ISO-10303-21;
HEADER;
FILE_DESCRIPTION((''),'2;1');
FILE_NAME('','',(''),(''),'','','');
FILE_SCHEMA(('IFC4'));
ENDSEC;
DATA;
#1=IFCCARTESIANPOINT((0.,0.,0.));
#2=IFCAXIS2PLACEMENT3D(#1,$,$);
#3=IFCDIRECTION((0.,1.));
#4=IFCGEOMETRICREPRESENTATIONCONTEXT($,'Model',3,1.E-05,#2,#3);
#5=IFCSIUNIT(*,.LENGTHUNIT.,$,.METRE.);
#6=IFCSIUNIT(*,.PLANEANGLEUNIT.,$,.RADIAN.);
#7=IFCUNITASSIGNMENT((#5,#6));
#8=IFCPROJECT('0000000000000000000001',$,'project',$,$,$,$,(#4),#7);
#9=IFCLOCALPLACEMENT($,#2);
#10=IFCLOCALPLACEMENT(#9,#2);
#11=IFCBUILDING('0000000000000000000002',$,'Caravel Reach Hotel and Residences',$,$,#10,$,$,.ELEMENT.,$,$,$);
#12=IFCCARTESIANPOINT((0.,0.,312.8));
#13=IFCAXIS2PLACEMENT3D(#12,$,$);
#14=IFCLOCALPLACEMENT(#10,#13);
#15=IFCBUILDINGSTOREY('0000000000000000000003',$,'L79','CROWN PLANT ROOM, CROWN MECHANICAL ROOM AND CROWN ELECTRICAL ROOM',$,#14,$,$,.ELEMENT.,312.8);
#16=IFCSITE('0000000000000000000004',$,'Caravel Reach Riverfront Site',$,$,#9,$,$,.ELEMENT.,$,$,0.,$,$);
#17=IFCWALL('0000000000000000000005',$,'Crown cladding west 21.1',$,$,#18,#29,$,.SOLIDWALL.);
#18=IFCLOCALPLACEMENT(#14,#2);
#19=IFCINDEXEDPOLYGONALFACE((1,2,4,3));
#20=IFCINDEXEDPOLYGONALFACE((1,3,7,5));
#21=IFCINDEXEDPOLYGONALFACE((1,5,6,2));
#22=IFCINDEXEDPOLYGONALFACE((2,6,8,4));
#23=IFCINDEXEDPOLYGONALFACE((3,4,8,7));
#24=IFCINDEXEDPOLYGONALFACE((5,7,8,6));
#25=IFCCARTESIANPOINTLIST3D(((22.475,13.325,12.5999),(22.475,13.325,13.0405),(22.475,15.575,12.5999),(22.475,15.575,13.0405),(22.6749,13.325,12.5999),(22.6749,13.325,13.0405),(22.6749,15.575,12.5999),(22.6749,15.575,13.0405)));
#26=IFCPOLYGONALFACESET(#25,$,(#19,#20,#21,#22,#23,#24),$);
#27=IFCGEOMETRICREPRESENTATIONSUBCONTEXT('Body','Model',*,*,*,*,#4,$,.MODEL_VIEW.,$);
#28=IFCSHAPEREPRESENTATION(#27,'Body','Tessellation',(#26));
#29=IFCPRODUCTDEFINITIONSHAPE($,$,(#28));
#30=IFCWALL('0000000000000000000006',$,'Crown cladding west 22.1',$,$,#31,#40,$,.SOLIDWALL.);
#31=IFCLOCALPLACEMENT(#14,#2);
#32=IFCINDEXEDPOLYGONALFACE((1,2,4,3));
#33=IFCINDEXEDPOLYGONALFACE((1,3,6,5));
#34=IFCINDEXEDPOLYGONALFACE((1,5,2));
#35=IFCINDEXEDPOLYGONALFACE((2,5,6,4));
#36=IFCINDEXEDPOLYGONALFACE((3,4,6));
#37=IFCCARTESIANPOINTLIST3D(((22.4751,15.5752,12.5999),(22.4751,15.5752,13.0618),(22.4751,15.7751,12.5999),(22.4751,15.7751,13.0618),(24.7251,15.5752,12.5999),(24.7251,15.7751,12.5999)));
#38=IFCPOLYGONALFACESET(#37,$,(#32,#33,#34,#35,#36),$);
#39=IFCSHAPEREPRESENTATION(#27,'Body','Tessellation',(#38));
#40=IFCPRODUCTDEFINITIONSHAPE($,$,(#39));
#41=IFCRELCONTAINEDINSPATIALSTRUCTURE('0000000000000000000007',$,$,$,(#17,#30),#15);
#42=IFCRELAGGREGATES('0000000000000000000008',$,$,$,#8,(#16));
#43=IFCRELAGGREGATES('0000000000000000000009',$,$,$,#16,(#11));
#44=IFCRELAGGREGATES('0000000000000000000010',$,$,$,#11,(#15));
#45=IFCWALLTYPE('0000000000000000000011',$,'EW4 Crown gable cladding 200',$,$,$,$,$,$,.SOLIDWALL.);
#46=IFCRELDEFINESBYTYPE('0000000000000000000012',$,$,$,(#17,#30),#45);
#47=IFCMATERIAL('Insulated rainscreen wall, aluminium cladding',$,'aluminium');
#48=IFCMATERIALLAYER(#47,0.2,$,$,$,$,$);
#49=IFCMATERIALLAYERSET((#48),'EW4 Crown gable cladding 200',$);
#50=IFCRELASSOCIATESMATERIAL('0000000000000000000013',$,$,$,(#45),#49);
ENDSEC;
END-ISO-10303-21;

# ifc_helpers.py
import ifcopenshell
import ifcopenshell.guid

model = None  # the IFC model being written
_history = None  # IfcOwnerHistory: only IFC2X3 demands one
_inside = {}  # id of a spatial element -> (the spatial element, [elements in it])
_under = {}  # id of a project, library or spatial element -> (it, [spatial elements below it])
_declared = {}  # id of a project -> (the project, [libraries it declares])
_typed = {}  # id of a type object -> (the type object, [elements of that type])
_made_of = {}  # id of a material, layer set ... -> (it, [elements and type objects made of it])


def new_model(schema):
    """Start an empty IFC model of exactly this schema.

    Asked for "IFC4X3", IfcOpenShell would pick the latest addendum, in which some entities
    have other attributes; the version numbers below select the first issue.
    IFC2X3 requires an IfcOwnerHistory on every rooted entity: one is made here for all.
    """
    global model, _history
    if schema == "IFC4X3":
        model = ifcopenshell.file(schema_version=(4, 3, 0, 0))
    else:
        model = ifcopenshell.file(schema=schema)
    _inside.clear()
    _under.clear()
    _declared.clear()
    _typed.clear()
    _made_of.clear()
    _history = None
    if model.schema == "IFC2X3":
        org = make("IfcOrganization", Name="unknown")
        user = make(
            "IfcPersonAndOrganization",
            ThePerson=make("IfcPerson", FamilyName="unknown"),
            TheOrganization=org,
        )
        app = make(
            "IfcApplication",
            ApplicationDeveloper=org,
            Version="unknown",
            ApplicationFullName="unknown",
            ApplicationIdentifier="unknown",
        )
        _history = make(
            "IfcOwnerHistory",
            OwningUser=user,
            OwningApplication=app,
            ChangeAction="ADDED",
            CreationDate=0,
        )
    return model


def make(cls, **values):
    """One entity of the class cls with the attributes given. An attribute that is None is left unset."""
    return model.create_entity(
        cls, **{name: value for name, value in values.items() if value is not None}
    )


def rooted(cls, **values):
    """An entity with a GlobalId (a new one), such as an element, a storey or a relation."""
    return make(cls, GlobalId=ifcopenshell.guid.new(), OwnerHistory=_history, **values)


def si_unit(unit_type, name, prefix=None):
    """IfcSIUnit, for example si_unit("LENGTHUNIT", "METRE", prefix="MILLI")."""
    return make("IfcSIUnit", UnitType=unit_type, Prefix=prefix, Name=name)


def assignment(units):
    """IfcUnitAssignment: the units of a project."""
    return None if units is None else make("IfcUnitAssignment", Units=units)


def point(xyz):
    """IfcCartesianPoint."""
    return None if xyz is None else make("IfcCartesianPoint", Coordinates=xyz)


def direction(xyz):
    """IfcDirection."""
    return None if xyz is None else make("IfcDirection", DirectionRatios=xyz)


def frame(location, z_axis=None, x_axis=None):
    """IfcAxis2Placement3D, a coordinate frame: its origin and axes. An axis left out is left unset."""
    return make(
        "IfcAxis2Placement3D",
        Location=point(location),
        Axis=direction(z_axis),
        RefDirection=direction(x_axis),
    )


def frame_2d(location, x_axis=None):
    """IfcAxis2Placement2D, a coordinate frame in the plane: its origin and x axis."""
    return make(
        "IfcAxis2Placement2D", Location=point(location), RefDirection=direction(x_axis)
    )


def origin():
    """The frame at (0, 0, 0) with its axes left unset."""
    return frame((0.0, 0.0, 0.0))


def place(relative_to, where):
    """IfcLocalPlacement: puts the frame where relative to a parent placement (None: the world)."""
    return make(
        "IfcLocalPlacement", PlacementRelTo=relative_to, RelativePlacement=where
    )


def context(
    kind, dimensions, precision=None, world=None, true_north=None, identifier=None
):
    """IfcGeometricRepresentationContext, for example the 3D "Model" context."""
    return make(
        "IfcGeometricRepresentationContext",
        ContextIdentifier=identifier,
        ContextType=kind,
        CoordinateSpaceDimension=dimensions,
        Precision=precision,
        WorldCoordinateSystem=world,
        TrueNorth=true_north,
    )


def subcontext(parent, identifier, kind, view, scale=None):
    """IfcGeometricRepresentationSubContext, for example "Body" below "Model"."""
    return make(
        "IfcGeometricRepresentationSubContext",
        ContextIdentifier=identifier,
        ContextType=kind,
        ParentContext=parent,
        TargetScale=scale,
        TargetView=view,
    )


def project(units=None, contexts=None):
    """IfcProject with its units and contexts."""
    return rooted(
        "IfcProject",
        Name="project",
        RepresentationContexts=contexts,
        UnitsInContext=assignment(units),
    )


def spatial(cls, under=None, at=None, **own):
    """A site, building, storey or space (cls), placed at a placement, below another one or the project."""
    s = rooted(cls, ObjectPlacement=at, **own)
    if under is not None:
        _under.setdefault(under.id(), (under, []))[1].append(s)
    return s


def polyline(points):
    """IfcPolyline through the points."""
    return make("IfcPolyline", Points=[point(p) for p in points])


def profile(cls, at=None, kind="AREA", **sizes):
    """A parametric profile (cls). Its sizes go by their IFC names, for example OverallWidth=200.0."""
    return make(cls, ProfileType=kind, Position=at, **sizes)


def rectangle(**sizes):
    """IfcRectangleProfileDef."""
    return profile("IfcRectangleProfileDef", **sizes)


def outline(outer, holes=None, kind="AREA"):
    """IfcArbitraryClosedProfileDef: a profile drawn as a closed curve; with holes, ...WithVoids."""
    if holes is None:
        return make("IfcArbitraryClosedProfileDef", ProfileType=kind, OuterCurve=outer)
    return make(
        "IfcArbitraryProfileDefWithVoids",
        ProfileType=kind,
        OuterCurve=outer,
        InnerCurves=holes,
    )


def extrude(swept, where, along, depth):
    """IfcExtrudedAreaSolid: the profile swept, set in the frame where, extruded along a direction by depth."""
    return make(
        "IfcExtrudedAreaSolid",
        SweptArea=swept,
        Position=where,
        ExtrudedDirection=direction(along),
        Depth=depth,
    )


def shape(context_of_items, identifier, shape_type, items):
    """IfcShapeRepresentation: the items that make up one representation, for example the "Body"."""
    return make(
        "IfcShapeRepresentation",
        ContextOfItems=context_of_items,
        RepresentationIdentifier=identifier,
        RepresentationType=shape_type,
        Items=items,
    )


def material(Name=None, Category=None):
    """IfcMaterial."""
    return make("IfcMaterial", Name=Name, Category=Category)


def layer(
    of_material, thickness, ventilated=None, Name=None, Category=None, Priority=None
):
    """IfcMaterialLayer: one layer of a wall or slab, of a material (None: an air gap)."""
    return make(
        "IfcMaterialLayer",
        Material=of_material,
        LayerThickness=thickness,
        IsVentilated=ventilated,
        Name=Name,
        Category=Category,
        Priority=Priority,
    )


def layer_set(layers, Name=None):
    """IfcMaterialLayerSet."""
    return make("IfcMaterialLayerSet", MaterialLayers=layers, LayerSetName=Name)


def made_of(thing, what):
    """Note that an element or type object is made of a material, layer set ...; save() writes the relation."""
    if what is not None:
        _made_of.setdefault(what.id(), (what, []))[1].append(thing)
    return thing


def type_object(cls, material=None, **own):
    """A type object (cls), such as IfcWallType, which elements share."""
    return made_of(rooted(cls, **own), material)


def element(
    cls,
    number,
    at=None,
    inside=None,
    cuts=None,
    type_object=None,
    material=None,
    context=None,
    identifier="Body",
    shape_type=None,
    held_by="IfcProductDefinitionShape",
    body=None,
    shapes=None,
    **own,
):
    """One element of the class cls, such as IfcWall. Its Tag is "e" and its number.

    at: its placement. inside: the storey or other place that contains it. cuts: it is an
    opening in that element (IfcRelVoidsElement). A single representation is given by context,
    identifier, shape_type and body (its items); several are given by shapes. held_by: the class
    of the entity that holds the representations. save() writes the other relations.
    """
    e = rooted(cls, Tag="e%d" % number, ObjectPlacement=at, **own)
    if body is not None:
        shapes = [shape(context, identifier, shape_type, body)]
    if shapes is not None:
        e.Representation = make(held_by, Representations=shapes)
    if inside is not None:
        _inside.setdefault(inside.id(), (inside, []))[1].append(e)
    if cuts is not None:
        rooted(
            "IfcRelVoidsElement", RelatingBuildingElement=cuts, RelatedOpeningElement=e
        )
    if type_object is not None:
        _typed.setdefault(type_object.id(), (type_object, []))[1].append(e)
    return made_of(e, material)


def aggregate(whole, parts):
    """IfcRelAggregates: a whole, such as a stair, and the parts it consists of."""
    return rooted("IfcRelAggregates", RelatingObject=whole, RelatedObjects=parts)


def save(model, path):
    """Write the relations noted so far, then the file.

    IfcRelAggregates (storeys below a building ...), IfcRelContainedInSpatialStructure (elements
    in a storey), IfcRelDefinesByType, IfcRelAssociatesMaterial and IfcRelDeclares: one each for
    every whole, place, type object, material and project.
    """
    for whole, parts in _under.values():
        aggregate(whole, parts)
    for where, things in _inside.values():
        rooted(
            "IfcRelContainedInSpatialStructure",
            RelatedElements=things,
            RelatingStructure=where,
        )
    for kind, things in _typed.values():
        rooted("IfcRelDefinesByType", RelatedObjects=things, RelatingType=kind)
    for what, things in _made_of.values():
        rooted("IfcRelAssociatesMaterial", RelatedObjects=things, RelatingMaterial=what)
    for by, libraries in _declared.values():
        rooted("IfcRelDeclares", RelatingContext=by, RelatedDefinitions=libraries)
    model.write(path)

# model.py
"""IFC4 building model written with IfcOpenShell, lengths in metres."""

from ifc_helpers import new_model, si_unit, direction, frame, frame_2d, origin, place, context, subcontext, project, spatial, polyline, rectangle, outline, extrude, material, layer, layer_set, type_object, element, save


model = new_model("IFC4")

# Units and contexts
model_context = context("Model", 3, precision=1e-05, world=origin(), true_north=direction((0.0, 1.0)))
body_context = subcontext(model_context, "Body", "Model", "MODEL_VIEW")
ifc_project = project(units=[si_unit("LENGTHUNIT", "METRE"), si_unit("PLANEANGLEUNIT", "RADIAN")], contexts=[model_context])

# Site, building, storey
site_placement = place(None, origin())
site = spatial("IfcSite", under=ifc_project, at=site_placement, Name="Caravel Reach Riverfront Site", CompositionType="ELEMENT", RefElevation=0.0)
building_placement = place(site_placement, origin())
building = spatial("IfcBuilding", under=site, at=building_placement, Name="Caravel Reach Hotel and Residences", CompositionType="ELEMENT")
storey_placement = place(building_placement, frame((0.0, 0.0, 312.8)))
storey = spatial("IfcBuildingStorey", under=building, at=storey_placement, Name="L79", Description="CROWN PLANT ROOM, CROWN MECHANICAL ROOM AND CROWN ELECTRICAL ROOM", CompositionType="ELEMENT", Elevation=312.8)

# Walls
ifc_material_1 = material(Name="Insulated rainscreen wall, aluminium cladding", Category="aluminium")
ifc_layer_1 = layer(ifc_material_1, 0.2)
ifc_layer_set_1 = layer_set([ifc_layer_1], Name="EW4 Crown gable cladding 200")
wall_type = type_object("IfcWallType", Name="EW4 Crown gable cladding 200", PredefinedType="SOLIDWALL", material=ifc_layer_set_1)
wall_1_placement = place(storey_placement, frame((22.575, 13.325, 12.5999), z_axis=(0.0, 0.0, 1.0), x_axis=(0.0, 1.0, 0.0)))
element("IfcWall", 1, at=wall_1_placement, inside=storey, type_object=wall_type, Name="Crown cladding west 21.1", PredefinedType="SOLIDWALL", context=body_context, shape_type="SweptSolid", body=[
    extrude(rectangle(XDim=2.25, YDim=0.2, at=frame_2d((1.125, 0.0))), origin(), (0.0, 0.0, 1.0), 0.4407),
])
wall_2_placement = place(storey_placement, frame((22.4751, 15.675, 12.5999), z_axis=(0.0, 0.0, 1.0), x_axis=(1.0, 0.0, 0.0)))
element("IfcWall", 2, at=wall_2_placement, inside=storey, type_object=wall_type, Name="Crown cladding west 22.1", PredefinedType="SOLIDWALL", context=body_context, shape_type="SweptSolid", body=[
    extrude(outline(polyline([(0.0, 0.0), (2.25, 0.0), (0.0, 0.4619), (0.0, 0.0)])), frame((0.0, 0.1001, 0.0), z_axis=(0.0, -1.0, 0.0), x_axis=(1.0, 0.0, 0.0)), (0.0, 0.0, 1.0), 0.2),
])

save(model, "model.ifc")
